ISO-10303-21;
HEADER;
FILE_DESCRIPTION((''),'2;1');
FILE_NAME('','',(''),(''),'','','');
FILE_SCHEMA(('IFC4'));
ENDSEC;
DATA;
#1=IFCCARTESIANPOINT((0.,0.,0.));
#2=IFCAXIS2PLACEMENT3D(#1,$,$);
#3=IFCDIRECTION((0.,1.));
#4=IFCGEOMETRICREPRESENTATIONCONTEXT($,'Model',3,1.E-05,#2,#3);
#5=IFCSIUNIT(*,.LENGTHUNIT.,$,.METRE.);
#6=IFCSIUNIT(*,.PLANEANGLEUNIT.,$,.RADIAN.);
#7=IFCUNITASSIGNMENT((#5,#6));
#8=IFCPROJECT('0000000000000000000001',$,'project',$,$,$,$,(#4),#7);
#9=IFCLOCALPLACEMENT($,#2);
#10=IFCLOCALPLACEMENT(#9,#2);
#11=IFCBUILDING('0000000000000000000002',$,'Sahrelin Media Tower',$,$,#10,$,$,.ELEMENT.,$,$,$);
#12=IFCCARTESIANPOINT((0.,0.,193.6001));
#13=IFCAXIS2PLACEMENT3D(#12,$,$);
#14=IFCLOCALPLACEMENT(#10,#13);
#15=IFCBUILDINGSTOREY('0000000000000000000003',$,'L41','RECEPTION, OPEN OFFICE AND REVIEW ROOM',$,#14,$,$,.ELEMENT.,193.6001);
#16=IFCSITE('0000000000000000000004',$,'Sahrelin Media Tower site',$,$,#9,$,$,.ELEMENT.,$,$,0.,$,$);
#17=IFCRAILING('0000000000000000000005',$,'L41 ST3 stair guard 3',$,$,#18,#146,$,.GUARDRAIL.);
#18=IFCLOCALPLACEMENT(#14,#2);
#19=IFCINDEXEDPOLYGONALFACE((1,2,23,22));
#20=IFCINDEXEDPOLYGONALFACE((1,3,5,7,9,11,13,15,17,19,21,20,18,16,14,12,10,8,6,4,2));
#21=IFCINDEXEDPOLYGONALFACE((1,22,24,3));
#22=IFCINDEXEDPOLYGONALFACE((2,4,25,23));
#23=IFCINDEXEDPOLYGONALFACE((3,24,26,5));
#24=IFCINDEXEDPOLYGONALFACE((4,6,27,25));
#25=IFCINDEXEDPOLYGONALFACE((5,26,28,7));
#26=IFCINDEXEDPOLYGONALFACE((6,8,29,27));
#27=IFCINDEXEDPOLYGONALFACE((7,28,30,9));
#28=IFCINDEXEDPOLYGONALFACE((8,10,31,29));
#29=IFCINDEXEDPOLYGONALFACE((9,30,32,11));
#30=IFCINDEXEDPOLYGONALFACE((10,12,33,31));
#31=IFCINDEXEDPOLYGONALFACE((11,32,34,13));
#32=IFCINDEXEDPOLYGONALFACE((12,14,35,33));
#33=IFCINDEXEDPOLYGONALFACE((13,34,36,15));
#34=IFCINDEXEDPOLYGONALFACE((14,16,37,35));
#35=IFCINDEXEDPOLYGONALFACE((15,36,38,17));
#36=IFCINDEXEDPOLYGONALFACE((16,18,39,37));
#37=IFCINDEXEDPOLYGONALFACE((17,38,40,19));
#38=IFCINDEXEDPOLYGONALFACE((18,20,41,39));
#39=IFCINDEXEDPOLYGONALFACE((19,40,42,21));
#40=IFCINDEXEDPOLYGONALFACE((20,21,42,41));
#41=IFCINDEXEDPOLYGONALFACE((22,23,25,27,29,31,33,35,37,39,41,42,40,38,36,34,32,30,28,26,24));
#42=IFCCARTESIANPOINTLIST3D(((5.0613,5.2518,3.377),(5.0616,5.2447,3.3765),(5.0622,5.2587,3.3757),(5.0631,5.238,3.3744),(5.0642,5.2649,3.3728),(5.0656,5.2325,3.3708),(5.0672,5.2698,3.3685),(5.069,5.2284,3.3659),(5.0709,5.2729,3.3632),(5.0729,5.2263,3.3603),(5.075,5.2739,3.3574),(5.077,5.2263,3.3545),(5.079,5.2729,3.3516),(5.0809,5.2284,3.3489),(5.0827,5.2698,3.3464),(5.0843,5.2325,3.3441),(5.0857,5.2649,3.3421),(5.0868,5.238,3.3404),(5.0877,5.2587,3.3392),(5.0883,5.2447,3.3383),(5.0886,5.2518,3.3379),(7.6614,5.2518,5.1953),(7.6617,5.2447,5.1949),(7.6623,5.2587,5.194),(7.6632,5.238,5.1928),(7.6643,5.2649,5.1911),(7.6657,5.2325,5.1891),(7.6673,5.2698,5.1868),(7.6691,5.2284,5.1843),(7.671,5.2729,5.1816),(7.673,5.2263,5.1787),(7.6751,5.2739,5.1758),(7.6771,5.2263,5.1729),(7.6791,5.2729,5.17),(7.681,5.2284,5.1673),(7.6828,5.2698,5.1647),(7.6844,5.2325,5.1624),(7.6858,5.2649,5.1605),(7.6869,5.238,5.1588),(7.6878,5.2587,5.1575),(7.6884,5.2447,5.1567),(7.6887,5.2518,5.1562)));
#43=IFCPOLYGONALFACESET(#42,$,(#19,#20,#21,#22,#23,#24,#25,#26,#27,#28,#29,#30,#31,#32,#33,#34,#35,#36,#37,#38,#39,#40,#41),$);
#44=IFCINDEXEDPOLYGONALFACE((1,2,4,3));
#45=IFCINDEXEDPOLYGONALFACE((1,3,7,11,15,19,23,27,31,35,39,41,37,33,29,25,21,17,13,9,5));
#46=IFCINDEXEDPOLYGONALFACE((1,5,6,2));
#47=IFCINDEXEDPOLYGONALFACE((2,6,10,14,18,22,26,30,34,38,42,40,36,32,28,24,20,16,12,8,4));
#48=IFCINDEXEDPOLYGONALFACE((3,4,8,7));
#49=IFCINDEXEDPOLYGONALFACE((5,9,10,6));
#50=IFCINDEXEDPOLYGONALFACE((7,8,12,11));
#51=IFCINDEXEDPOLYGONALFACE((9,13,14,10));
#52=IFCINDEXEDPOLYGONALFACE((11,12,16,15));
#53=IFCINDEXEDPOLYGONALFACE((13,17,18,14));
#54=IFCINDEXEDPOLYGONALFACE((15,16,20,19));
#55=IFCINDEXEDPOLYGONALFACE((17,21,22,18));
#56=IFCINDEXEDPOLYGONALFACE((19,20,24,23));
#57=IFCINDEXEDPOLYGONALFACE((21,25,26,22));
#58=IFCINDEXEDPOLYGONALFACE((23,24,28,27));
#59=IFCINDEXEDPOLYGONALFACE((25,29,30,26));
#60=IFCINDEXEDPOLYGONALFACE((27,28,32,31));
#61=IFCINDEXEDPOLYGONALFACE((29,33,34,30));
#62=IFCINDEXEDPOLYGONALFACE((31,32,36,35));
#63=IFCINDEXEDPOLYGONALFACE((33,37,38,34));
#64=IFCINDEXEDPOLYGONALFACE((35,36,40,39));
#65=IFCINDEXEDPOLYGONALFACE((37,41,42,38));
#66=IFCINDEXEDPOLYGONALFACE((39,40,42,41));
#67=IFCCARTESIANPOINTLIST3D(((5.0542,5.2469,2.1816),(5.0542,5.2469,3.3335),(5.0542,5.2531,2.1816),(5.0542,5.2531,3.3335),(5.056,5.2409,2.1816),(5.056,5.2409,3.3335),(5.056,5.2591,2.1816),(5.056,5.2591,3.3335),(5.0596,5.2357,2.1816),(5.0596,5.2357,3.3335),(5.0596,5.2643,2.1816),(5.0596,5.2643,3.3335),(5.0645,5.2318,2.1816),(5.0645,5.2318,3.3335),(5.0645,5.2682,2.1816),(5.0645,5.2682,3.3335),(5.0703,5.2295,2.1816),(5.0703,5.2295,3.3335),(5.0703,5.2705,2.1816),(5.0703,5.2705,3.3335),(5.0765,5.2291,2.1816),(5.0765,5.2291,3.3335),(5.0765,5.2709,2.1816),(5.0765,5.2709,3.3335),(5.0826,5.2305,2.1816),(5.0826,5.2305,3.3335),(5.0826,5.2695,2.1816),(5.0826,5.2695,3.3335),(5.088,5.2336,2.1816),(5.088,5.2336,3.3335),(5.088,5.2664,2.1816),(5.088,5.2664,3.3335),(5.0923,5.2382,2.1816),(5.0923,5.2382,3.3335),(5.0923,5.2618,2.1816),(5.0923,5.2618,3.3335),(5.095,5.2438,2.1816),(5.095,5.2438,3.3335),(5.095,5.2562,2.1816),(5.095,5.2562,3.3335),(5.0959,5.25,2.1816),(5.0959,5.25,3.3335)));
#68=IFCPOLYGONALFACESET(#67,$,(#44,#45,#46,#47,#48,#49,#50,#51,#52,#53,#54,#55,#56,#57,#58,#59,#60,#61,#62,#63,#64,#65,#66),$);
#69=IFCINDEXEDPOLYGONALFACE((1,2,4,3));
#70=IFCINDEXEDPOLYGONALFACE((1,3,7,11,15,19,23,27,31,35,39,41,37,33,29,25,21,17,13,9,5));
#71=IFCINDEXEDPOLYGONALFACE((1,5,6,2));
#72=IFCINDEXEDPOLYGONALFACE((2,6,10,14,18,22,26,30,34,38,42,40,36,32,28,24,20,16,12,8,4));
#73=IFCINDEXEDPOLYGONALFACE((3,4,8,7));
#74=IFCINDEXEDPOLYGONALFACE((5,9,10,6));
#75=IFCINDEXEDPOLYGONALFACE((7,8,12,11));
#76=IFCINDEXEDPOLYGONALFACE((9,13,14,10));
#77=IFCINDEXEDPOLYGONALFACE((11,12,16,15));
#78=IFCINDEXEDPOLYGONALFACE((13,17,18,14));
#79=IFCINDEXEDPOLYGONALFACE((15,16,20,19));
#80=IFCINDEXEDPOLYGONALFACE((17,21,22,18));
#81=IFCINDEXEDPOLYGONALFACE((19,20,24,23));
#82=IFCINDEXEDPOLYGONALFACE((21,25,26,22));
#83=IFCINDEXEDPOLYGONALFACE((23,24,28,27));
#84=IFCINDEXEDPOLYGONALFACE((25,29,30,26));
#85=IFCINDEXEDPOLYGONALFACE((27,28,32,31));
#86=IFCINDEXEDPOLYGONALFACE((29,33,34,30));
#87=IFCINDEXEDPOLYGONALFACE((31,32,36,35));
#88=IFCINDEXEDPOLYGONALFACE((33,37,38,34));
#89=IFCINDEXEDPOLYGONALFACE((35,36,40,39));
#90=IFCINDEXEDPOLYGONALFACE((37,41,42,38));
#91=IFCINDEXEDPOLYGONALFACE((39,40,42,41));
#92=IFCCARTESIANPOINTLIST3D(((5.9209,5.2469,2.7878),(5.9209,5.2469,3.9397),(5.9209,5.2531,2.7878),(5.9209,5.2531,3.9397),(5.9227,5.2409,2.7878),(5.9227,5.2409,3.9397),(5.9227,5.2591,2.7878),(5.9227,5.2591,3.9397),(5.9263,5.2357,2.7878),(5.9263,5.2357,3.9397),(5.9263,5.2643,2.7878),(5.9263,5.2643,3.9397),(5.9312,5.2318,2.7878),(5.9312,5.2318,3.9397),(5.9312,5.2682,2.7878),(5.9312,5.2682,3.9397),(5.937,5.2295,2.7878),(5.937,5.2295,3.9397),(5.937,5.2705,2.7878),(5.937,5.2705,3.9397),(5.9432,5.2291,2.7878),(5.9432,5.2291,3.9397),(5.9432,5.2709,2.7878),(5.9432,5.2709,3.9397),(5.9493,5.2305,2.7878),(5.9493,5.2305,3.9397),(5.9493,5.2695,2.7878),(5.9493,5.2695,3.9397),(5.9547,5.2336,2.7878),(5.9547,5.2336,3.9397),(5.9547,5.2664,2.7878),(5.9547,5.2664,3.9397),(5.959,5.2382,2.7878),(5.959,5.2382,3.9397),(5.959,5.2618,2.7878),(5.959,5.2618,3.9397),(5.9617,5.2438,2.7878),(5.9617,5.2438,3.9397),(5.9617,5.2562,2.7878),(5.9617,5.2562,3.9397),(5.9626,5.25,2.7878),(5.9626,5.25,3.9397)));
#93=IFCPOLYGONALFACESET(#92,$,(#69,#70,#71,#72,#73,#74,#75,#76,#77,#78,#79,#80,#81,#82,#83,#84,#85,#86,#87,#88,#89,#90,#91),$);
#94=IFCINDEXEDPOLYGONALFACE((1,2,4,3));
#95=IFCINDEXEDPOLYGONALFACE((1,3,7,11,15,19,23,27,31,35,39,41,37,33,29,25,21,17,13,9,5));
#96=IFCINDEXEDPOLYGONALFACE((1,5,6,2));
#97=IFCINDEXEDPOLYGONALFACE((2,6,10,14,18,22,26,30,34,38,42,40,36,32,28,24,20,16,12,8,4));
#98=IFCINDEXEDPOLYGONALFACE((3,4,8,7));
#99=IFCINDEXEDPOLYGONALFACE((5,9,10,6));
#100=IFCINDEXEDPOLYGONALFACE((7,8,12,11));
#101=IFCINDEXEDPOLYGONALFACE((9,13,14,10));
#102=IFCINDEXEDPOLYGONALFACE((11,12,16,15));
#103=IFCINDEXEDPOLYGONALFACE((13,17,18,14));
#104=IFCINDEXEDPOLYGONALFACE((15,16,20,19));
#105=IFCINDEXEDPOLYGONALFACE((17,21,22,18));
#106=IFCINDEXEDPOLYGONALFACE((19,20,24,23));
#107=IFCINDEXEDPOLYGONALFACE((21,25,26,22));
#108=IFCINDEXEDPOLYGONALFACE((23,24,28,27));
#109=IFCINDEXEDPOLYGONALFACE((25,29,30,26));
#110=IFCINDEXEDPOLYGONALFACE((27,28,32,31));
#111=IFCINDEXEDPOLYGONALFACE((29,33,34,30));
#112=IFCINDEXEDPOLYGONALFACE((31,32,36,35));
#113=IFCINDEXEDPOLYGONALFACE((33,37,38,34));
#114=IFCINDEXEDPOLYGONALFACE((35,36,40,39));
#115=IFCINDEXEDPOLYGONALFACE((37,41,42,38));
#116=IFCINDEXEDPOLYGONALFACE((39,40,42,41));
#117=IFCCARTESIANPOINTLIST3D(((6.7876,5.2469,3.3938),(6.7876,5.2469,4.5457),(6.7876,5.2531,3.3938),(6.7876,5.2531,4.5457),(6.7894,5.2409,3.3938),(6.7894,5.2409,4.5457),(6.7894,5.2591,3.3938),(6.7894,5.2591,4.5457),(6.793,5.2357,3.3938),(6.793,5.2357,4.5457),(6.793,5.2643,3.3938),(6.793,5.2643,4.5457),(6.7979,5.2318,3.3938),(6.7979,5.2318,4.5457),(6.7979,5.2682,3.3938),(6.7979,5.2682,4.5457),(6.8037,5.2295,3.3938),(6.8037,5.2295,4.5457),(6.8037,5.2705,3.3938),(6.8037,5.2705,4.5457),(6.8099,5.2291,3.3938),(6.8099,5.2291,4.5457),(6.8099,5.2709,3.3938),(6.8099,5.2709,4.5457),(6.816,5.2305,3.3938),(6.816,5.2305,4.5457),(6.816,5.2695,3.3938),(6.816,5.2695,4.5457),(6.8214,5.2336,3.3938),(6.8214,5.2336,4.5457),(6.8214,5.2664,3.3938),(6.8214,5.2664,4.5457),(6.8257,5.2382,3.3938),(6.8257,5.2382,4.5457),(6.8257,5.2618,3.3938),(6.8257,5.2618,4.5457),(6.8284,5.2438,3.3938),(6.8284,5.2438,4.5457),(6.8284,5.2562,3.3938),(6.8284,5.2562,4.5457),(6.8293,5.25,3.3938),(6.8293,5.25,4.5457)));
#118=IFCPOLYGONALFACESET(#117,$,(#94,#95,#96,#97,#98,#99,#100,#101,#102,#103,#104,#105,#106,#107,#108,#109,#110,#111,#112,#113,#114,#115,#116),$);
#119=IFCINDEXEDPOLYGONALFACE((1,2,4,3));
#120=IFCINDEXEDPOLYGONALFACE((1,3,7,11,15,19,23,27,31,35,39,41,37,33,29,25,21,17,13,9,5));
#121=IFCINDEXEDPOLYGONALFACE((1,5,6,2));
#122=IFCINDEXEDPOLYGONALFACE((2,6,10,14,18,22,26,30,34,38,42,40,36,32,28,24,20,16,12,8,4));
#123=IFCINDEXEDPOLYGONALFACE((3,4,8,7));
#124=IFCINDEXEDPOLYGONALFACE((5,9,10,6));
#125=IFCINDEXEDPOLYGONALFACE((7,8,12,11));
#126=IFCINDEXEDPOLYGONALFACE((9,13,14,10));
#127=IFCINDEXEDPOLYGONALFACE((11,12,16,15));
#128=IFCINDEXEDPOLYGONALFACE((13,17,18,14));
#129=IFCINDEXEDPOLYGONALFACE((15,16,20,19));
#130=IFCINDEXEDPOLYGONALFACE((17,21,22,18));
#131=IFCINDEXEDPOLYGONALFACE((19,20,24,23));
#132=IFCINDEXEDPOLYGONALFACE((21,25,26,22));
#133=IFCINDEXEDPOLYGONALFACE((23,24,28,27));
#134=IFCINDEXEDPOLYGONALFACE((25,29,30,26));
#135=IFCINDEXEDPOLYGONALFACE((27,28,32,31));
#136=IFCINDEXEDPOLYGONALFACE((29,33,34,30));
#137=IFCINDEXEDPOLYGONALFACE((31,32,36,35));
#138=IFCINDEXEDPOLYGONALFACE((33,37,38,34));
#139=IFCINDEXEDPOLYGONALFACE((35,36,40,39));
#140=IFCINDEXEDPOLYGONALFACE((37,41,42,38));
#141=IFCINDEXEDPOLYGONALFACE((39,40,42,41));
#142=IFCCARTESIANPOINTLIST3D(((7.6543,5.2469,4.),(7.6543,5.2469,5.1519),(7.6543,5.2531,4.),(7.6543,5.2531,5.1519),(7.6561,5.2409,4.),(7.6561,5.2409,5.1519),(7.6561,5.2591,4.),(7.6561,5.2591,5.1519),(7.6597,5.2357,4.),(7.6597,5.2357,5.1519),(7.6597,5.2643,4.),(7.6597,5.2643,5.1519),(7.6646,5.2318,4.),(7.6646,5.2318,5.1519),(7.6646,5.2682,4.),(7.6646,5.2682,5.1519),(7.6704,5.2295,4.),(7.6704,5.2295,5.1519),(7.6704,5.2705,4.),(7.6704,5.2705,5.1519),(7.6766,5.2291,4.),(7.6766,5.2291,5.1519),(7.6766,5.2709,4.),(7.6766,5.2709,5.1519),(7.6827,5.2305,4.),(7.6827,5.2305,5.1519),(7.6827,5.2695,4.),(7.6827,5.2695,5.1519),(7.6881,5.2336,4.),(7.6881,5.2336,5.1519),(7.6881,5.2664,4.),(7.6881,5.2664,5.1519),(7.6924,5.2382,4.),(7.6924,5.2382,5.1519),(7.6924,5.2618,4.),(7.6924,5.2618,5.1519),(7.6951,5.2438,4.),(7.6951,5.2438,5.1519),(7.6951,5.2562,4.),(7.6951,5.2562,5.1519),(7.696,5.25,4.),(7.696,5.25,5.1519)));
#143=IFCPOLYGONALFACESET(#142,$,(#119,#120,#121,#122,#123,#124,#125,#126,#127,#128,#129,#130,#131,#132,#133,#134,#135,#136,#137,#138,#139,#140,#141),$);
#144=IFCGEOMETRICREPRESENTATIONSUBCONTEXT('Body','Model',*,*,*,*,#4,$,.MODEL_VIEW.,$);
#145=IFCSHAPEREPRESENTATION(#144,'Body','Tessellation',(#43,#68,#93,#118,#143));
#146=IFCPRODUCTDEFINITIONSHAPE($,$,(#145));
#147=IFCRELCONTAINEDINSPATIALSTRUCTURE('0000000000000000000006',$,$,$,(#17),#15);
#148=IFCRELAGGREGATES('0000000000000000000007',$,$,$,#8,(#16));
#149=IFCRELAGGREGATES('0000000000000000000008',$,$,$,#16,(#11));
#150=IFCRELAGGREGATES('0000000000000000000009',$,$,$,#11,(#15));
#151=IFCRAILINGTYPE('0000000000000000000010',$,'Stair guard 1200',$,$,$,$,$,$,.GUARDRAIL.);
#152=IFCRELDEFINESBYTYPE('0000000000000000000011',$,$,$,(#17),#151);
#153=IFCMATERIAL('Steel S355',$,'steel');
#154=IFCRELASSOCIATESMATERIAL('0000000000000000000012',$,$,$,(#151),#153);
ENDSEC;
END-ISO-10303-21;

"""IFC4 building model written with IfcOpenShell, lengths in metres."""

from ifc_helpers import new_model, si_unit, direction, frame, origin, origin_2d, place, context, subcontext, project, spatial, circle, extrude, material, type_object, element, save


model = new_model("IFC4")

# Units and contexts
model_context = context("Model", 3, precision=1e-05, world=origin(), true_north=direction((0.0, 1.0)))
body_context = subcontext(model_context, "Body", "Model", "MODEL_VIEW")
ifc_project = project(units=[si_unit("LENGTHUNIT", "METRE"), si_unit("PLANEANGLEUNIT", "RADIAN")], contexts=[model_context])

# Site, building, storey
site_placement = place(None, origin())
site = spatial("IfcSite", under=ifc_project, at=site_placement, Name="Sahrelin Media Tower site", CompositionType="ELEMENT", RefElevation=0.0)
building_placement = place(site_placement, origin())
building = spatial("IfcBuilding", under=site, at=building_placement, Name="Sahrelin Media Tower", CompositionType="ELEMENT")
storey_placement = place(building_placement, frame((0.0, 0.0, 193.6001)))
storey = spatial("IfcBuildingStorey", under=building, at=storey_placement, Name="L41", Description="RECEPTION, OPEN OFFICE AND REVIEW ROOM", CompositionType="ELEMENT", Elevation=193.6001)

# Shared definitions
ifc_material_1 = material(Name="Steel S355", Category="steel")

# Railing
railing_type_1 = type_object("IfcRailingType", Name="Stair guard 1200", PredefinedType="GUARDRAIL", material=ifc_material_1)
railing_1_placement = place(storey_placement, frame((5.075, 5.25, 2.1816)))
element("IfcRailing", 1, at=railing_1_placement, inside=storey, type_object=railing_type_1, Name="L41 ST3 stair guard 3", PredefinedType="GUARDRAIL", context=body_context, shape_type="SweptSolid", body=[
    extrude(circle(Radius=0.0239, at=origin_2d()), frame((0.0, 0.0, 1.1758), z_axis=(0.819485, 0.0, 0.573101), x_axis=(0.0, 1.0, 0.0)), (0.0, 0.0, 1.0), 3.1729),
    extrude(circle(Radius=0.021, at=origin_2d()), origin(), (0.0, 0.0, 1.0), 1.1519),
    extrude(circle(Radius=0.021, at=origin_2d()), frame((0.8667, 0.0, 0.6062)), (0.0, 0.0, 1.0), 1.1519),
    extrude(circle(Radius=0.021, at=origin_2d()), frame((1.7334, 0.0, 1.2122)), (0.0, 0.0, 1.0), 1.1519),
    extrude(circle(Radius=0.021, at=origin_2d()), frame((2.6001, 0.0, 1.8184)), (0.0, 0.0, 1.0), 1.1519),
])

save(model, "model.ifc")
